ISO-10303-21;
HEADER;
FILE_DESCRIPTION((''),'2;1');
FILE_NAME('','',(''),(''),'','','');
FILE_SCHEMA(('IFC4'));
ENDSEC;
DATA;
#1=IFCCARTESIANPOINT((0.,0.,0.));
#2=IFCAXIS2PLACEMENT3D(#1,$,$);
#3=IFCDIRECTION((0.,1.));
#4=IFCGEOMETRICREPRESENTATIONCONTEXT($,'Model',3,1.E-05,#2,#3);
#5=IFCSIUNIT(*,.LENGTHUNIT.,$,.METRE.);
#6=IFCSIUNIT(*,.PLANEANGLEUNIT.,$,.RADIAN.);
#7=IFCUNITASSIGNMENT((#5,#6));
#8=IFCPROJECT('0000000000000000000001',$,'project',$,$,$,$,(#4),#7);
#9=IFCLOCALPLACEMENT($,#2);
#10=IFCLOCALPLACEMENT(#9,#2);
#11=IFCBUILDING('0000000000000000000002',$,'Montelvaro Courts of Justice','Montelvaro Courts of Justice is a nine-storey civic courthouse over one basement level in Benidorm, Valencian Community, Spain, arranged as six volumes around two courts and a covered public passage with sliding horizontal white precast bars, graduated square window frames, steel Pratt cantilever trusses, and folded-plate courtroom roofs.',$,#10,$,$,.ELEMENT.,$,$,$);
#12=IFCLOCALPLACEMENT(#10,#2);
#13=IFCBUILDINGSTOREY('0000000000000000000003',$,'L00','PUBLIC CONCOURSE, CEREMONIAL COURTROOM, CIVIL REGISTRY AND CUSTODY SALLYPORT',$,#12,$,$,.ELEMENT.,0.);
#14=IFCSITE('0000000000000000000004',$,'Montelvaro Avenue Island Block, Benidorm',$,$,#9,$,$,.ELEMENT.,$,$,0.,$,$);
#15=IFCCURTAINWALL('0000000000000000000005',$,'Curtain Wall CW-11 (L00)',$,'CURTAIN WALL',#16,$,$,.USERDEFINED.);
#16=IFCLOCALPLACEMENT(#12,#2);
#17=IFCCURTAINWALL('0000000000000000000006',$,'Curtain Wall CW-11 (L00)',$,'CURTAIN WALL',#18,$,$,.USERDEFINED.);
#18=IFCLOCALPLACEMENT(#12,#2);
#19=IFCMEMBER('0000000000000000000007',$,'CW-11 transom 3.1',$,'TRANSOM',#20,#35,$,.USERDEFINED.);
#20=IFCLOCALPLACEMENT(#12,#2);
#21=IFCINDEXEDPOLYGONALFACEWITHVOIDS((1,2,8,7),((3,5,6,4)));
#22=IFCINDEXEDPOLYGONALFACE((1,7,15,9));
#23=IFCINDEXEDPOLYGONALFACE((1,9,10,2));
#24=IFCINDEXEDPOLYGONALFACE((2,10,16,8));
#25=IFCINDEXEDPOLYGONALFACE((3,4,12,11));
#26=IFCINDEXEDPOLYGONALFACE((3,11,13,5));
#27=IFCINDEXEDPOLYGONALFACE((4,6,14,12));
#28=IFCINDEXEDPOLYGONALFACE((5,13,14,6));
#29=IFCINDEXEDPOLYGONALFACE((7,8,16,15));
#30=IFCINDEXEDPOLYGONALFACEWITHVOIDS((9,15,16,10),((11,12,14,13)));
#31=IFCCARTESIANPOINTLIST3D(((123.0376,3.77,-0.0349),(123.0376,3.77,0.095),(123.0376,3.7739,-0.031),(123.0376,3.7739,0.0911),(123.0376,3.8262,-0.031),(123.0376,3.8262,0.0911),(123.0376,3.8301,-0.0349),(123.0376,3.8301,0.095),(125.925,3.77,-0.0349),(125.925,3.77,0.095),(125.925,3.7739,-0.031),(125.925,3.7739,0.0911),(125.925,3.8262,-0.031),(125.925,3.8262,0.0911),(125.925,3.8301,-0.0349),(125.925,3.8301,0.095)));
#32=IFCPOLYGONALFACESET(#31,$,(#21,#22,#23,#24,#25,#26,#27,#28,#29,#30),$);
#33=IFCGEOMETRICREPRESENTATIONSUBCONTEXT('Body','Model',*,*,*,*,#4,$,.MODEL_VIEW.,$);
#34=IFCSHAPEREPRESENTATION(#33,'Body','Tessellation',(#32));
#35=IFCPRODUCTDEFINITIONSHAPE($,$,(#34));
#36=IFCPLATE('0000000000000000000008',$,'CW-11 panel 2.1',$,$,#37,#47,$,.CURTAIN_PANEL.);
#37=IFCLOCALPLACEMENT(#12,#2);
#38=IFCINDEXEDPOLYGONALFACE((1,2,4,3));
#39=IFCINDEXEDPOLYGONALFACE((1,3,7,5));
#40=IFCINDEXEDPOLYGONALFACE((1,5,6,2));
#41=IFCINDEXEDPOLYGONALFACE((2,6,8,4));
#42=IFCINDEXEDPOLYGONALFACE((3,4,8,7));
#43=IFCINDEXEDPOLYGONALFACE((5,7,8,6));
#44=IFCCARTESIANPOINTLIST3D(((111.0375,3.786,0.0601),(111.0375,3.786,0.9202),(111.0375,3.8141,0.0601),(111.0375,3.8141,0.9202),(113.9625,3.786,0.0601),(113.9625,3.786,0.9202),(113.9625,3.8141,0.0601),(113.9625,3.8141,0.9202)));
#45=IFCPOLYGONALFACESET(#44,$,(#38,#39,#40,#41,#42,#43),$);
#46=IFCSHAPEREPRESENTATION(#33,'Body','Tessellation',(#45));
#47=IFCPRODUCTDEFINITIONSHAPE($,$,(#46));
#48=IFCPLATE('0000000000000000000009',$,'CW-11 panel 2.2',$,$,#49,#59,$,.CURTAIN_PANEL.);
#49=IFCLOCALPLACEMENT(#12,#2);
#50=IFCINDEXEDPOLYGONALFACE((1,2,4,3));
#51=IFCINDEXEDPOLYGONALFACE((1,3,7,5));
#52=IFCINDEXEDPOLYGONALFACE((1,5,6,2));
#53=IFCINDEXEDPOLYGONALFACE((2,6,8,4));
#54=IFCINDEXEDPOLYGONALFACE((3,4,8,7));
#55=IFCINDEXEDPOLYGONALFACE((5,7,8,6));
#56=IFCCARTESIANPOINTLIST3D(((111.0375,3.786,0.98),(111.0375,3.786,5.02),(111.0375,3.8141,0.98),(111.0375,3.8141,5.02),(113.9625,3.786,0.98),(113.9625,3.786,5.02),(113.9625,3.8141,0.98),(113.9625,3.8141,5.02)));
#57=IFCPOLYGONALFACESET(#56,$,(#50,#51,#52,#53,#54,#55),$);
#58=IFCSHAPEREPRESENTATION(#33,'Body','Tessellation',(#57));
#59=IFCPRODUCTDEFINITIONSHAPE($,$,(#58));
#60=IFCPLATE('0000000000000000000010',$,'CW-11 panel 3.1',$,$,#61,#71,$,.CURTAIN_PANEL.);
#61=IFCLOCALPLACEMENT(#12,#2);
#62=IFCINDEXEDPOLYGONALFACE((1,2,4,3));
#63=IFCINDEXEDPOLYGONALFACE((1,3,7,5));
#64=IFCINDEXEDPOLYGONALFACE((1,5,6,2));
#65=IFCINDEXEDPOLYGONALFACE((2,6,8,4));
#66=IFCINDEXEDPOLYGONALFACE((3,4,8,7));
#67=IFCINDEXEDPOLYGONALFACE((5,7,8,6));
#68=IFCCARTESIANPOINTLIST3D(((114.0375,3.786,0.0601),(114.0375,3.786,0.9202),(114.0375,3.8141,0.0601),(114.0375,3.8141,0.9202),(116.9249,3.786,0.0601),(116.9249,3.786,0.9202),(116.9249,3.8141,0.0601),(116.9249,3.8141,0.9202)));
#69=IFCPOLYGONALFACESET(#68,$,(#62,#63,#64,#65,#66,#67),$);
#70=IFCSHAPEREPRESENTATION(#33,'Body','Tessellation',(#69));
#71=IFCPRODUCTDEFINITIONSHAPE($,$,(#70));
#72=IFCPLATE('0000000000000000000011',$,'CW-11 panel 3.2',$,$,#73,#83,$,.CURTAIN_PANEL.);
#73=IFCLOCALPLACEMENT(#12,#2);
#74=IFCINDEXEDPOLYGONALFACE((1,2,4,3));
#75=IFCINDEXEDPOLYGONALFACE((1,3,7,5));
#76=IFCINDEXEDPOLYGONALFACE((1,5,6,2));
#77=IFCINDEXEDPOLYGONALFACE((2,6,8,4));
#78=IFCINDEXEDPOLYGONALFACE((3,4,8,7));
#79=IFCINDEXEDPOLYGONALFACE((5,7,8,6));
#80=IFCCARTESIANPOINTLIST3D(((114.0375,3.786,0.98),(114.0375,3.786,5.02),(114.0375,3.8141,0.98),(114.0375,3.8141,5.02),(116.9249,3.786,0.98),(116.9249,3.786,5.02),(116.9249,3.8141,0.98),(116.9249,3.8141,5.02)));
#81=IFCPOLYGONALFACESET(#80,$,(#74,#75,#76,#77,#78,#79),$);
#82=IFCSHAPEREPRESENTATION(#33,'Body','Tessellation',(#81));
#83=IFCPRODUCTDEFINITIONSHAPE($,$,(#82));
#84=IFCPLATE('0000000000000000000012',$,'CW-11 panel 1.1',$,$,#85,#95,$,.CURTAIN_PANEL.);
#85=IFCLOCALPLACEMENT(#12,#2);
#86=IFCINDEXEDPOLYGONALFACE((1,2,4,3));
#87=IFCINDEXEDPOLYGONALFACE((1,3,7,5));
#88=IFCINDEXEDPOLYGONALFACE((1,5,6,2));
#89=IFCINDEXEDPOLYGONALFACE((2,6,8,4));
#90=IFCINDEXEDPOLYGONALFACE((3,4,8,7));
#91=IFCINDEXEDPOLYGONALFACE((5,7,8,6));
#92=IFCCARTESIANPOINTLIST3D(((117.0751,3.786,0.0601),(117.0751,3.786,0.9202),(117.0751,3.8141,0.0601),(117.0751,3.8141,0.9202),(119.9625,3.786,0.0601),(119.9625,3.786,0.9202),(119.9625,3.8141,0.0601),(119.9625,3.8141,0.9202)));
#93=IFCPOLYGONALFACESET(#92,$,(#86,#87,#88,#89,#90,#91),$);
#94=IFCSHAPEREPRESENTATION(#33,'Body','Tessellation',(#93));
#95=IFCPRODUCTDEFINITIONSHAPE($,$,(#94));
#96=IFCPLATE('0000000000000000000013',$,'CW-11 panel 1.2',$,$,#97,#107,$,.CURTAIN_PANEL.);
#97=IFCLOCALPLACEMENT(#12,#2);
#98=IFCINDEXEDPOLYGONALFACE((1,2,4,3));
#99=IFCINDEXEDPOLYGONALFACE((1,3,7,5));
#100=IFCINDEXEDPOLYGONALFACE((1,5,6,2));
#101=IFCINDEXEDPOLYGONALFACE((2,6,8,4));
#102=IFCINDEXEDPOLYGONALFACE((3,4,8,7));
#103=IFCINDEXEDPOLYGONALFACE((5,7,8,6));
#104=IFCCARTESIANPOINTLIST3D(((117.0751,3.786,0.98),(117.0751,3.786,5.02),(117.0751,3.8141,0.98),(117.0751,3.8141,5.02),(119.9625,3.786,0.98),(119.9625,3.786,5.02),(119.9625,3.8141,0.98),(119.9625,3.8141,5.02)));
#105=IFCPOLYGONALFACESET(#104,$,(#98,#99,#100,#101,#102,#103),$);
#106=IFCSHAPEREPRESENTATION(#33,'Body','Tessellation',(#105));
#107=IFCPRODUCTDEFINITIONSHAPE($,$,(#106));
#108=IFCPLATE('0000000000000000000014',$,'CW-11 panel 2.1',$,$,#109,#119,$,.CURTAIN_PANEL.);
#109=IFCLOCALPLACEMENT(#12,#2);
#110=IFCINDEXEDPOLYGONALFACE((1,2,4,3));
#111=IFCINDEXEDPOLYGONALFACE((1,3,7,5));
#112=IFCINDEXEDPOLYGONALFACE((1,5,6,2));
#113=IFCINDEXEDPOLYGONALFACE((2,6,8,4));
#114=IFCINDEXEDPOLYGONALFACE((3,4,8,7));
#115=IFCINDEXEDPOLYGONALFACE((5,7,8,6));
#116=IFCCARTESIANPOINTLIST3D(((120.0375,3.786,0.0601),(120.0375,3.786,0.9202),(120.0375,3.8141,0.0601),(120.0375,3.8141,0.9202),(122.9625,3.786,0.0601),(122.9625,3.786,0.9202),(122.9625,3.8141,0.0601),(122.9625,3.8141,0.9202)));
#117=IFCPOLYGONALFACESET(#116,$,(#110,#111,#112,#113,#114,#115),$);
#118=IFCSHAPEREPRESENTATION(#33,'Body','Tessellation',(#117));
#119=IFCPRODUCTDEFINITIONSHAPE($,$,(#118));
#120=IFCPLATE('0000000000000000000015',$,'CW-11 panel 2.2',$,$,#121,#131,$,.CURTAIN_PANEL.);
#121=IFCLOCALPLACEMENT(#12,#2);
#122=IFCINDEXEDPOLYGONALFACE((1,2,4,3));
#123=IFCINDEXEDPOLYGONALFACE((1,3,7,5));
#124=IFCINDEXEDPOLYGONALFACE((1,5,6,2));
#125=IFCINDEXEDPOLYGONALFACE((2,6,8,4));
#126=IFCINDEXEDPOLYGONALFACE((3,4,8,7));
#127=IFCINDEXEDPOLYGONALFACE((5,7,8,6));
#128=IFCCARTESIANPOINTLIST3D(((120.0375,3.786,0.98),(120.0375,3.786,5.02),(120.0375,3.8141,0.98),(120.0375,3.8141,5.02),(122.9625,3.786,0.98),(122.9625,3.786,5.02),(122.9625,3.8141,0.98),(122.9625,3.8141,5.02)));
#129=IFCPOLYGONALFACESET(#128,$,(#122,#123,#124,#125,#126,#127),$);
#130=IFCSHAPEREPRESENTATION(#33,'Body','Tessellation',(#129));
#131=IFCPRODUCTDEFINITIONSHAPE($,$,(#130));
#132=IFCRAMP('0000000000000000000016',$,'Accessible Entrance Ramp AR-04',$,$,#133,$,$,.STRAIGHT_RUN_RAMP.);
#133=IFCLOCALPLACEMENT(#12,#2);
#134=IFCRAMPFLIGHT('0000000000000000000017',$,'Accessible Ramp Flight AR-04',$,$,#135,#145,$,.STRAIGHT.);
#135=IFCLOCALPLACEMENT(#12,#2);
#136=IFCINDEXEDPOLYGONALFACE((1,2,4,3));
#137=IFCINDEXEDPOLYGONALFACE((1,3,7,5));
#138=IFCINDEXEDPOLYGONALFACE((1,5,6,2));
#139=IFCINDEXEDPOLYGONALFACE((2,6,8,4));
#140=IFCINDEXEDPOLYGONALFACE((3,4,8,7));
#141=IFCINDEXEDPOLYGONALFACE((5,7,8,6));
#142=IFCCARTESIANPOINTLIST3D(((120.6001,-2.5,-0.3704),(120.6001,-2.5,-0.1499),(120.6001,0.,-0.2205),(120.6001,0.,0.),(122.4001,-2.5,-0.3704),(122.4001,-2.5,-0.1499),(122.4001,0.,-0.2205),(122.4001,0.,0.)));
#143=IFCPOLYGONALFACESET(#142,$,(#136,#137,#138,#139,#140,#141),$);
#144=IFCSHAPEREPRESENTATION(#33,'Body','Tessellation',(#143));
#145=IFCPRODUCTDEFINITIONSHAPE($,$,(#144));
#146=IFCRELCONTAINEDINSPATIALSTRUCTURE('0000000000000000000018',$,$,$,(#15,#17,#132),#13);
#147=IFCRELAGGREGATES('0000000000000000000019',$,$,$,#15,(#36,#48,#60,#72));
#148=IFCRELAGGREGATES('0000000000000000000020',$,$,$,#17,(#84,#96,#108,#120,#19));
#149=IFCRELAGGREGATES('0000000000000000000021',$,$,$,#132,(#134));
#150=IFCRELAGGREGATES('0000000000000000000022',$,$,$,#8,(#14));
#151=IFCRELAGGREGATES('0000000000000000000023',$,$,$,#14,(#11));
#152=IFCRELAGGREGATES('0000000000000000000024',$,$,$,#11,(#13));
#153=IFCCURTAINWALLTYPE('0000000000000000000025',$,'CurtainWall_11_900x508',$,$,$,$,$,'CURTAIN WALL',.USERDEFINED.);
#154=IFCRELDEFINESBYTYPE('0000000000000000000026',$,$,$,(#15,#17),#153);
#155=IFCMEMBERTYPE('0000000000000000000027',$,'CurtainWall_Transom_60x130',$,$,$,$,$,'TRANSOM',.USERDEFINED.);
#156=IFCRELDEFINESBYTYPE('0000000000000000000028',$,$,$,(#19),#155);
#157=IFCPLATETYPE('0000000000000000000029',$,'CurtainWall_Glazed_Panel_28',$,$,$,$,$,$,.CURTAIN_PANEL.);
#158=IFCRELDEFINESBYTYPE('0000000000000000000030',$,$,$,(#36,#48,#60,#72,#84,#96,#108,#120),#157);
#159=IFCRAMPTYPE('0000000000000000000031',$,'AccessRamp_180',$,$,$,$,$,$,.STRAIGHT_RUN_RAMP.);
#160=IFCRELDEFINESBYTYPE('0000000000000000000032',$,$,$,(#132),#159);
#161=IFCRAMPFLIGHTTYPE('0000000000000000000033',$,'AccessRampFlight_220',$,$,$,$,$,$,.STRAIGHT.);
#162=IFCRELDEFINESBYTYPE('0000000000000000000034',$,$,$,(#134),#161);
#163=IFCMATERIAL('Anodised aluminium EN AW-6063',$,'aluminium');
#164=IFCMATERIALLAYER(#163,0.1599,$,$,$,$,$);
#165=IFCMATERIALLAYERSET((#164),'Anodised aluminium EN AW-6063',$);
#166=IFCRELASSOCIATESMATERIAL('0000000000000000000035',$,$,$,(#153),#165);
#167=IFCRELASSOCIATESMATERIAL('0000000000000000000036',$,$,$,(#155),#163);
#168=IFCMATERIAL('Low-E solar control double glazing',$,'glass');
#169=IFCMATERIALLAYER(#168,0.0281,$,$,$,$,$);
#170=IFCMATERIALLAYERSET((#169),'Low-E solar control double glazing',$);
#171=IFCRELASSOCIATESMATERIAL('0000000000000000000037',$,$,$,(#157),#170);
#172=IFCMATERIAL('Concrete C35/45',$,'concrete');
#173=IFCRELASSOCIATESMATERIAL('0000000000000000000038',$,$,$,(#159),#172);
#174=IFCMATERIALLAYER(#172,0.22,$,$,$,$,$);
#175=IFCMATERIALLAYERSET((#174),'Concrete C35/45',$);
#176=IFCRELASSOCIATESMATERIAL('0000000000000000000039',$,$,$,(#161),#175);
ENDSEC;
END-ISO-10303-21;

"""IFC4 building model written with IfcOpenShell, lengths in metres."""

from ifc_helpers import new_model, si_unit, direction, frame, origin, origin_2d, place, context, subcontext, project, spatial, polyline, rectangle, hollow_rectangle, outline, extrude, material, layer, layer_set, material_profile, profile_set, type_object, element, aggregate, save


model = new_model("IFC4")

# Units and contexts
model_context = context("Model", 3, precision=1e-05, world=origin(), true_north=direction((0.0, 1.0)))
body_context = subcontext(model_context, "Body", "Model", "MODEL_VIEW")
ifc_project = project(units=[si_unit("LENGTHUNIT", "METRE"), si_unit("PLANEANGLEUNIT", "RADIAN")], contexts=[model_context])

# Site, building, storey
site_placement = place(None, origin())
site = spatial("IfcSite", under=ifc_project, at=site_placement, Name="Montelvaro Avenue Island Block, Benidorm", CompositionType="ELEMENT", RefElevation=0.0)
building_placement = place(site_placement, origin())
building = spatial("IfcBuilding", under=site, at=building_placement, Name="Montelvaro Courts of Justice", Description="Montelvaro Courts of Justice is a nine-storey civic courthouse over one basement level in Benidorm, Valencian Community, Spain, arranged as six volumes around two courts and a covered public passage with sliding horizontal white precast bars, graduated square window frames, steel Pratt cantilever trusses, and folded-plate courtroom roofs.", CompositionType="ELEMENT")
storey_placement = place(building_placement, origin())
storey = spatial("IfcBuildingStorey", under=building, at=storey_placement, Name="L00", Description="PUBLIC CONCOURSE, CEREMONIAL COURTROOM, CIVIL REGISTRY AND CUSTODY SALLYPORT", CompositionType="ELEMENT", Elevation=0.0)

# Curtain walls
ifc_material_1 = material(Name="Anodised aluminium EN AW-6063", Category="aluminium")
ifc_layer_1 = layer(ifc_material_1, 0.1599)
ifc_layer_set_1 = layer_set([ifc_layer_1], Name="Anodised aluminium EN AW-6063")
curtain_wall_type = type_object("IfcCurtainWallType", Name="CurtainWall_11_900x508", ElementType="CURTAIN WALL", PredefinedType="USERDEFINED", material=ifc_layer_set_1)
curtain_wall_1_placement = place(storey_placement, origin())
curtain_wall_1 = element("IfcCurtainWall", 1, at=curtain_wall_1_placement, inside=storey, type_object=curtain_wall_type, Name="Curtain Wall CW-11 (L00)", ObjectType="CURTAIN WALL", PredefinedType="USERDEFINED")
curtain_wall_2_placement = place(storey_placement, origin())
curtain_wall_2 = element("IfcCurtainWall", 2, at=curtain_wall_2_placement, inside=storey, type_object=curtain_wall_type, Name="Curtain Wall CW-11 (L00)", ObjectType="CURTAIN WALL", PredefinedType="USERDEFINED")

# Member
ifc_material_profile_1 = material_profile(ifc_material_1, hollow_rectangle(XDim=0.0601, YDim=0.1299, WallThickness=0.0039, at=origin_2d()), Name="ALU-T 60x130")
ifc_profile_set_1 = profile_set([ifc_material_profile_1], Name="Anodised aluminium EN AW-6063")
member_type_1 = type_object("IfcMemberType", Name="CurtainWall_Transom_60x130", ElementType="TRANSOM", PredefinedType="USERDEFINED", material=ifc_profile_set_1)
member_1_placement = place(storey_placement, frame((123.0376, 3.8, 0.03), z_axis=(1.0, 0.0, 0.0), x_axis=(0.0, 1.0, 0.0)))
member_1 = element("IfcMember", 3, at=member_1_placement, type_object=member_type_1, Name="CW-11 transom 3.1", ObjectType="TRANSOM", PredefinedType="USERDEFINED", context=body_context, shape_type="SweptSolid", body=[
    extrude(hollow_rectangle(XDim=0.0601, YDim=0.1299, WallThickness=0.0039, at=origin_2d()), origin(), (0.0, 0.0, 1.0), 2.8875),
])

# Plates
ifc_material_2 = material(Name="Low-E solar control double glazing", Category="glass")
ifc_layer_2 = layer(ifc_material_2, 0.0281)
ifc_layer_set_2 = layer_set([ifc_layer_2], Name="Low-E solar control double glazing")
plate_type = type_object("IfcPlateType", Name="CurtainWall_Glazed_Panel_28", PredefinedType="CURTAIN_PANEL", material=ifc_layer_set_2)
plate_1_placement = place(storey_placement, frame((112.5, 3.8, 0.0601), z_axis=(0.0, 0.0, 1.0), x_axis=(1.0, 0.0, 0.0)))
plate_1 = element("IfcPlate", 4, at=plate_1_placement, type_object=plate_type, Name="CW-11 panel 2.1", PredefinedType="CURTAIN_PANEL", context=body_context, shape_type="SweptSolid", body=[
    extrude(rectangle(XDim=2.925, YDim=0.0281, at=origin_2d()), origin(), (0.0, 0.0, 1.0), 0.8601),
])
plate_2_placement = place(storey_placement, frame((112.5, 3.8, 0.98), z_axis=(0.0, 0.0, 1.0), x_axis=(1.0, 0.0, 0.0)))
plate_2 = element("IfcPlate", 5, at=plate_2_placement, type_object=plate_type, Name="CW-11 panel 2.2", PredefinedType="CURTAIN_PANEL", context=body_context, shape_type="SweptSolid", body=[
    extrude(rectangle(XDim=2.925, YDim=0.0281, at=origin_2d()), origin(), (0.0, 0.0, 1.0), 4.04),
])
plate_3_placement = place(storey_placement, frame((115.4812, 3.8, 0.0601), z_axis=(0.0, 0.0, 1.0), x_axis=(1.0, 0.0, 0.0)))
plate_3 = element("IfcPlate", 6, at=plate_3_placement, type_object=plate_type, Name="CW-11 panel 3.1", PredefinedType="CURTAIN_PANEL", context=body_context, shape_type="SweptSolid", body=[
    extrude(rectangle(XDim=2.8875, YDim=0.0281, at=origin_2d()), origin(), (0.0, 0.0, 1.0), 0.8601),
])
plate_4_placement = place(storey_placement, frame((115.4812, 3.8, 0.98), z_axis=(0.0, 0.0, 1.0), x_axis=(1.0, 0.0, 0.0)))
plate_4 = element("IfcPlate", 7, at=plate_4_placement, type_object=plate_type, Name="CW-11 panel 3.2", PredefinedType="CURTAIN_PANEL", context=body_context, shape_type="SweptSolid", body=[
    extrude(rectangle(XDim=2.8875, YDim=0.0281, at=origin_2d()), origin(), (0.0, 0.0, 1.0), 4.04),
])
aggregate(curtain_wall_1, [plate_1, plate_2, plate_3, plate_4])
plate_5_placement = place(storey_placement, frame((118.5188, 3.8, 0.0601), z_axis=(0.0, 0.0, 1.0), x_axis=(1.0, 0.0, 0.0)))
plate_5 = element("IfcPlate", 8, at=plate_5_placement, type_object=plate_type, Name="CW-11 panel 1.1", PredefinedType="CURTAIN_PANEL", context=body_context, shape_type="SweptSolid", body=[
    extrude(rectangle(XDim=2.8875, YDim=0.0281, at=origin_2d()), origin(), (0.0, 0.0, 1.0), 0.8601),
])
plate_6_placement = place(storey_placement, frame((118.5188, 3.8, 0.98), z_axis=(0.0, 0.0, 1.0), x_axis=(1.0, 0.0, 0.0)))
plate_6 = element("IfcPlate", 9, at=plate_6_placement, type_object=plate_type, Name="CW-11 panel 1.2", PredefinedType="CURTAIN_PANEL", context=body_context, shape_type="SweptSolid", body=[
    extrude(rectangle(XDim=2.8875, YDim=0.0281, at=origin_2d()), origin(), (0.0, 0.0, 1.0), 4.04),
])
plate_7_placement = place(storey_placement, frame((121.5, 3.8, 0.0601), z_axis=(0.0, 0.0, 1.0), x_axis=(1.0, 0.0, 0.0)))
plate_7 = element("IfcPlate", 10, at=plate_7_placement, type_object=plate_type, Name="CW-11 panel 2.1", PredefinedType="CURTAIN_PANEL", context=body_context, shape_type="SweptSolid", body=[
    extrude(rectangle(XDim=2.925, YDim=0.0281, at=origin_2d()), origin(), (0.0, 0.0, 1.0), 0.8601),
])
plate_8_placement = place(storey_placement, frame((121.5, 3.8, 0.98), z_axis=(0.0, 0.0, 1.0), x_axis=(1.0, 0.0, 0.0)))
plate_8 = element("IfcPlate", 11, at=plate_8_placement, type_object=plate_type, Name="CW-11 panel 2.2", PredefinedType="CURTAIN_PANEL", context=body_context, shape_type="SweptSolid", body=[
    extrude(rectangle(XDim=2.925, YDim=0.0281, at=origin_2d()), origin(), (0.0, 0.0, 1.0), 4.04),
])
aggregate(curtain_wall_2, [plate_5, plate_6, plate_7, plate_8, member_1])

# Ramp, ramp flight
ifc_material_3 = material(Name="Concrete C35/45", Category="concrete")
ramp_type = type_object("IfcRampType", Name="AccessRamp_180", PredefinedType="STRAIGHT_RUN_RAMP", material=ifc_material_3)
ramp_placement = place(storey_placement, origin())
ramp = element("IfcRamp", 12, at=ramp_placement, inside=storey, type_object=ramp_type, Name="Accessible Entrance Ramp AR-04", PredefinedType="STRAIGHT_RUN_RAMP")
ifc_layer_3 = layer(ifc_material_3, 0.22)
ifc_layer_set_3 = layer_set([ifc_layer_3], Name="Concrete C35/45")
ramp_flight_type = type_object("IfcRampFlightType", Name="AccessRampFlight_220", PredefinedType="STRAIGHT", material=ifc_layer_set_3)
ramp_flight_placement = place(storey_placement, frame((121.5, -2.5, -0.1499), z_axis=(0.0, 0.0, 1.0), x_axis=(0.0, 1.0, 0.0)))
ramp_flight = element("IfcRampFlight", 13, at=ramp_flight_placement, type_object=ramp_flight_type, Name="Accessible Ramp Flight AR-04", PredefinedType="STRAIGHT", context=body_context, shape_type="SweptSolid", body=[
    extrude(outline(polyline([(0.0, 0.0), (2.5, 0.1499), (2.5, -0.0706), (0.0, -0.2205), (0.0, 0.0)])), frame((0.0, 0.8999, 0.0), z_axis=(0.0, -1.0, 0.0), x_axis=(1.0, 0.0, 0.0)), (0.0, 0.0, 1.0), 1.8),
])
aggregate(ramp, [ramp_flight])

save(model, "model.ifc")
